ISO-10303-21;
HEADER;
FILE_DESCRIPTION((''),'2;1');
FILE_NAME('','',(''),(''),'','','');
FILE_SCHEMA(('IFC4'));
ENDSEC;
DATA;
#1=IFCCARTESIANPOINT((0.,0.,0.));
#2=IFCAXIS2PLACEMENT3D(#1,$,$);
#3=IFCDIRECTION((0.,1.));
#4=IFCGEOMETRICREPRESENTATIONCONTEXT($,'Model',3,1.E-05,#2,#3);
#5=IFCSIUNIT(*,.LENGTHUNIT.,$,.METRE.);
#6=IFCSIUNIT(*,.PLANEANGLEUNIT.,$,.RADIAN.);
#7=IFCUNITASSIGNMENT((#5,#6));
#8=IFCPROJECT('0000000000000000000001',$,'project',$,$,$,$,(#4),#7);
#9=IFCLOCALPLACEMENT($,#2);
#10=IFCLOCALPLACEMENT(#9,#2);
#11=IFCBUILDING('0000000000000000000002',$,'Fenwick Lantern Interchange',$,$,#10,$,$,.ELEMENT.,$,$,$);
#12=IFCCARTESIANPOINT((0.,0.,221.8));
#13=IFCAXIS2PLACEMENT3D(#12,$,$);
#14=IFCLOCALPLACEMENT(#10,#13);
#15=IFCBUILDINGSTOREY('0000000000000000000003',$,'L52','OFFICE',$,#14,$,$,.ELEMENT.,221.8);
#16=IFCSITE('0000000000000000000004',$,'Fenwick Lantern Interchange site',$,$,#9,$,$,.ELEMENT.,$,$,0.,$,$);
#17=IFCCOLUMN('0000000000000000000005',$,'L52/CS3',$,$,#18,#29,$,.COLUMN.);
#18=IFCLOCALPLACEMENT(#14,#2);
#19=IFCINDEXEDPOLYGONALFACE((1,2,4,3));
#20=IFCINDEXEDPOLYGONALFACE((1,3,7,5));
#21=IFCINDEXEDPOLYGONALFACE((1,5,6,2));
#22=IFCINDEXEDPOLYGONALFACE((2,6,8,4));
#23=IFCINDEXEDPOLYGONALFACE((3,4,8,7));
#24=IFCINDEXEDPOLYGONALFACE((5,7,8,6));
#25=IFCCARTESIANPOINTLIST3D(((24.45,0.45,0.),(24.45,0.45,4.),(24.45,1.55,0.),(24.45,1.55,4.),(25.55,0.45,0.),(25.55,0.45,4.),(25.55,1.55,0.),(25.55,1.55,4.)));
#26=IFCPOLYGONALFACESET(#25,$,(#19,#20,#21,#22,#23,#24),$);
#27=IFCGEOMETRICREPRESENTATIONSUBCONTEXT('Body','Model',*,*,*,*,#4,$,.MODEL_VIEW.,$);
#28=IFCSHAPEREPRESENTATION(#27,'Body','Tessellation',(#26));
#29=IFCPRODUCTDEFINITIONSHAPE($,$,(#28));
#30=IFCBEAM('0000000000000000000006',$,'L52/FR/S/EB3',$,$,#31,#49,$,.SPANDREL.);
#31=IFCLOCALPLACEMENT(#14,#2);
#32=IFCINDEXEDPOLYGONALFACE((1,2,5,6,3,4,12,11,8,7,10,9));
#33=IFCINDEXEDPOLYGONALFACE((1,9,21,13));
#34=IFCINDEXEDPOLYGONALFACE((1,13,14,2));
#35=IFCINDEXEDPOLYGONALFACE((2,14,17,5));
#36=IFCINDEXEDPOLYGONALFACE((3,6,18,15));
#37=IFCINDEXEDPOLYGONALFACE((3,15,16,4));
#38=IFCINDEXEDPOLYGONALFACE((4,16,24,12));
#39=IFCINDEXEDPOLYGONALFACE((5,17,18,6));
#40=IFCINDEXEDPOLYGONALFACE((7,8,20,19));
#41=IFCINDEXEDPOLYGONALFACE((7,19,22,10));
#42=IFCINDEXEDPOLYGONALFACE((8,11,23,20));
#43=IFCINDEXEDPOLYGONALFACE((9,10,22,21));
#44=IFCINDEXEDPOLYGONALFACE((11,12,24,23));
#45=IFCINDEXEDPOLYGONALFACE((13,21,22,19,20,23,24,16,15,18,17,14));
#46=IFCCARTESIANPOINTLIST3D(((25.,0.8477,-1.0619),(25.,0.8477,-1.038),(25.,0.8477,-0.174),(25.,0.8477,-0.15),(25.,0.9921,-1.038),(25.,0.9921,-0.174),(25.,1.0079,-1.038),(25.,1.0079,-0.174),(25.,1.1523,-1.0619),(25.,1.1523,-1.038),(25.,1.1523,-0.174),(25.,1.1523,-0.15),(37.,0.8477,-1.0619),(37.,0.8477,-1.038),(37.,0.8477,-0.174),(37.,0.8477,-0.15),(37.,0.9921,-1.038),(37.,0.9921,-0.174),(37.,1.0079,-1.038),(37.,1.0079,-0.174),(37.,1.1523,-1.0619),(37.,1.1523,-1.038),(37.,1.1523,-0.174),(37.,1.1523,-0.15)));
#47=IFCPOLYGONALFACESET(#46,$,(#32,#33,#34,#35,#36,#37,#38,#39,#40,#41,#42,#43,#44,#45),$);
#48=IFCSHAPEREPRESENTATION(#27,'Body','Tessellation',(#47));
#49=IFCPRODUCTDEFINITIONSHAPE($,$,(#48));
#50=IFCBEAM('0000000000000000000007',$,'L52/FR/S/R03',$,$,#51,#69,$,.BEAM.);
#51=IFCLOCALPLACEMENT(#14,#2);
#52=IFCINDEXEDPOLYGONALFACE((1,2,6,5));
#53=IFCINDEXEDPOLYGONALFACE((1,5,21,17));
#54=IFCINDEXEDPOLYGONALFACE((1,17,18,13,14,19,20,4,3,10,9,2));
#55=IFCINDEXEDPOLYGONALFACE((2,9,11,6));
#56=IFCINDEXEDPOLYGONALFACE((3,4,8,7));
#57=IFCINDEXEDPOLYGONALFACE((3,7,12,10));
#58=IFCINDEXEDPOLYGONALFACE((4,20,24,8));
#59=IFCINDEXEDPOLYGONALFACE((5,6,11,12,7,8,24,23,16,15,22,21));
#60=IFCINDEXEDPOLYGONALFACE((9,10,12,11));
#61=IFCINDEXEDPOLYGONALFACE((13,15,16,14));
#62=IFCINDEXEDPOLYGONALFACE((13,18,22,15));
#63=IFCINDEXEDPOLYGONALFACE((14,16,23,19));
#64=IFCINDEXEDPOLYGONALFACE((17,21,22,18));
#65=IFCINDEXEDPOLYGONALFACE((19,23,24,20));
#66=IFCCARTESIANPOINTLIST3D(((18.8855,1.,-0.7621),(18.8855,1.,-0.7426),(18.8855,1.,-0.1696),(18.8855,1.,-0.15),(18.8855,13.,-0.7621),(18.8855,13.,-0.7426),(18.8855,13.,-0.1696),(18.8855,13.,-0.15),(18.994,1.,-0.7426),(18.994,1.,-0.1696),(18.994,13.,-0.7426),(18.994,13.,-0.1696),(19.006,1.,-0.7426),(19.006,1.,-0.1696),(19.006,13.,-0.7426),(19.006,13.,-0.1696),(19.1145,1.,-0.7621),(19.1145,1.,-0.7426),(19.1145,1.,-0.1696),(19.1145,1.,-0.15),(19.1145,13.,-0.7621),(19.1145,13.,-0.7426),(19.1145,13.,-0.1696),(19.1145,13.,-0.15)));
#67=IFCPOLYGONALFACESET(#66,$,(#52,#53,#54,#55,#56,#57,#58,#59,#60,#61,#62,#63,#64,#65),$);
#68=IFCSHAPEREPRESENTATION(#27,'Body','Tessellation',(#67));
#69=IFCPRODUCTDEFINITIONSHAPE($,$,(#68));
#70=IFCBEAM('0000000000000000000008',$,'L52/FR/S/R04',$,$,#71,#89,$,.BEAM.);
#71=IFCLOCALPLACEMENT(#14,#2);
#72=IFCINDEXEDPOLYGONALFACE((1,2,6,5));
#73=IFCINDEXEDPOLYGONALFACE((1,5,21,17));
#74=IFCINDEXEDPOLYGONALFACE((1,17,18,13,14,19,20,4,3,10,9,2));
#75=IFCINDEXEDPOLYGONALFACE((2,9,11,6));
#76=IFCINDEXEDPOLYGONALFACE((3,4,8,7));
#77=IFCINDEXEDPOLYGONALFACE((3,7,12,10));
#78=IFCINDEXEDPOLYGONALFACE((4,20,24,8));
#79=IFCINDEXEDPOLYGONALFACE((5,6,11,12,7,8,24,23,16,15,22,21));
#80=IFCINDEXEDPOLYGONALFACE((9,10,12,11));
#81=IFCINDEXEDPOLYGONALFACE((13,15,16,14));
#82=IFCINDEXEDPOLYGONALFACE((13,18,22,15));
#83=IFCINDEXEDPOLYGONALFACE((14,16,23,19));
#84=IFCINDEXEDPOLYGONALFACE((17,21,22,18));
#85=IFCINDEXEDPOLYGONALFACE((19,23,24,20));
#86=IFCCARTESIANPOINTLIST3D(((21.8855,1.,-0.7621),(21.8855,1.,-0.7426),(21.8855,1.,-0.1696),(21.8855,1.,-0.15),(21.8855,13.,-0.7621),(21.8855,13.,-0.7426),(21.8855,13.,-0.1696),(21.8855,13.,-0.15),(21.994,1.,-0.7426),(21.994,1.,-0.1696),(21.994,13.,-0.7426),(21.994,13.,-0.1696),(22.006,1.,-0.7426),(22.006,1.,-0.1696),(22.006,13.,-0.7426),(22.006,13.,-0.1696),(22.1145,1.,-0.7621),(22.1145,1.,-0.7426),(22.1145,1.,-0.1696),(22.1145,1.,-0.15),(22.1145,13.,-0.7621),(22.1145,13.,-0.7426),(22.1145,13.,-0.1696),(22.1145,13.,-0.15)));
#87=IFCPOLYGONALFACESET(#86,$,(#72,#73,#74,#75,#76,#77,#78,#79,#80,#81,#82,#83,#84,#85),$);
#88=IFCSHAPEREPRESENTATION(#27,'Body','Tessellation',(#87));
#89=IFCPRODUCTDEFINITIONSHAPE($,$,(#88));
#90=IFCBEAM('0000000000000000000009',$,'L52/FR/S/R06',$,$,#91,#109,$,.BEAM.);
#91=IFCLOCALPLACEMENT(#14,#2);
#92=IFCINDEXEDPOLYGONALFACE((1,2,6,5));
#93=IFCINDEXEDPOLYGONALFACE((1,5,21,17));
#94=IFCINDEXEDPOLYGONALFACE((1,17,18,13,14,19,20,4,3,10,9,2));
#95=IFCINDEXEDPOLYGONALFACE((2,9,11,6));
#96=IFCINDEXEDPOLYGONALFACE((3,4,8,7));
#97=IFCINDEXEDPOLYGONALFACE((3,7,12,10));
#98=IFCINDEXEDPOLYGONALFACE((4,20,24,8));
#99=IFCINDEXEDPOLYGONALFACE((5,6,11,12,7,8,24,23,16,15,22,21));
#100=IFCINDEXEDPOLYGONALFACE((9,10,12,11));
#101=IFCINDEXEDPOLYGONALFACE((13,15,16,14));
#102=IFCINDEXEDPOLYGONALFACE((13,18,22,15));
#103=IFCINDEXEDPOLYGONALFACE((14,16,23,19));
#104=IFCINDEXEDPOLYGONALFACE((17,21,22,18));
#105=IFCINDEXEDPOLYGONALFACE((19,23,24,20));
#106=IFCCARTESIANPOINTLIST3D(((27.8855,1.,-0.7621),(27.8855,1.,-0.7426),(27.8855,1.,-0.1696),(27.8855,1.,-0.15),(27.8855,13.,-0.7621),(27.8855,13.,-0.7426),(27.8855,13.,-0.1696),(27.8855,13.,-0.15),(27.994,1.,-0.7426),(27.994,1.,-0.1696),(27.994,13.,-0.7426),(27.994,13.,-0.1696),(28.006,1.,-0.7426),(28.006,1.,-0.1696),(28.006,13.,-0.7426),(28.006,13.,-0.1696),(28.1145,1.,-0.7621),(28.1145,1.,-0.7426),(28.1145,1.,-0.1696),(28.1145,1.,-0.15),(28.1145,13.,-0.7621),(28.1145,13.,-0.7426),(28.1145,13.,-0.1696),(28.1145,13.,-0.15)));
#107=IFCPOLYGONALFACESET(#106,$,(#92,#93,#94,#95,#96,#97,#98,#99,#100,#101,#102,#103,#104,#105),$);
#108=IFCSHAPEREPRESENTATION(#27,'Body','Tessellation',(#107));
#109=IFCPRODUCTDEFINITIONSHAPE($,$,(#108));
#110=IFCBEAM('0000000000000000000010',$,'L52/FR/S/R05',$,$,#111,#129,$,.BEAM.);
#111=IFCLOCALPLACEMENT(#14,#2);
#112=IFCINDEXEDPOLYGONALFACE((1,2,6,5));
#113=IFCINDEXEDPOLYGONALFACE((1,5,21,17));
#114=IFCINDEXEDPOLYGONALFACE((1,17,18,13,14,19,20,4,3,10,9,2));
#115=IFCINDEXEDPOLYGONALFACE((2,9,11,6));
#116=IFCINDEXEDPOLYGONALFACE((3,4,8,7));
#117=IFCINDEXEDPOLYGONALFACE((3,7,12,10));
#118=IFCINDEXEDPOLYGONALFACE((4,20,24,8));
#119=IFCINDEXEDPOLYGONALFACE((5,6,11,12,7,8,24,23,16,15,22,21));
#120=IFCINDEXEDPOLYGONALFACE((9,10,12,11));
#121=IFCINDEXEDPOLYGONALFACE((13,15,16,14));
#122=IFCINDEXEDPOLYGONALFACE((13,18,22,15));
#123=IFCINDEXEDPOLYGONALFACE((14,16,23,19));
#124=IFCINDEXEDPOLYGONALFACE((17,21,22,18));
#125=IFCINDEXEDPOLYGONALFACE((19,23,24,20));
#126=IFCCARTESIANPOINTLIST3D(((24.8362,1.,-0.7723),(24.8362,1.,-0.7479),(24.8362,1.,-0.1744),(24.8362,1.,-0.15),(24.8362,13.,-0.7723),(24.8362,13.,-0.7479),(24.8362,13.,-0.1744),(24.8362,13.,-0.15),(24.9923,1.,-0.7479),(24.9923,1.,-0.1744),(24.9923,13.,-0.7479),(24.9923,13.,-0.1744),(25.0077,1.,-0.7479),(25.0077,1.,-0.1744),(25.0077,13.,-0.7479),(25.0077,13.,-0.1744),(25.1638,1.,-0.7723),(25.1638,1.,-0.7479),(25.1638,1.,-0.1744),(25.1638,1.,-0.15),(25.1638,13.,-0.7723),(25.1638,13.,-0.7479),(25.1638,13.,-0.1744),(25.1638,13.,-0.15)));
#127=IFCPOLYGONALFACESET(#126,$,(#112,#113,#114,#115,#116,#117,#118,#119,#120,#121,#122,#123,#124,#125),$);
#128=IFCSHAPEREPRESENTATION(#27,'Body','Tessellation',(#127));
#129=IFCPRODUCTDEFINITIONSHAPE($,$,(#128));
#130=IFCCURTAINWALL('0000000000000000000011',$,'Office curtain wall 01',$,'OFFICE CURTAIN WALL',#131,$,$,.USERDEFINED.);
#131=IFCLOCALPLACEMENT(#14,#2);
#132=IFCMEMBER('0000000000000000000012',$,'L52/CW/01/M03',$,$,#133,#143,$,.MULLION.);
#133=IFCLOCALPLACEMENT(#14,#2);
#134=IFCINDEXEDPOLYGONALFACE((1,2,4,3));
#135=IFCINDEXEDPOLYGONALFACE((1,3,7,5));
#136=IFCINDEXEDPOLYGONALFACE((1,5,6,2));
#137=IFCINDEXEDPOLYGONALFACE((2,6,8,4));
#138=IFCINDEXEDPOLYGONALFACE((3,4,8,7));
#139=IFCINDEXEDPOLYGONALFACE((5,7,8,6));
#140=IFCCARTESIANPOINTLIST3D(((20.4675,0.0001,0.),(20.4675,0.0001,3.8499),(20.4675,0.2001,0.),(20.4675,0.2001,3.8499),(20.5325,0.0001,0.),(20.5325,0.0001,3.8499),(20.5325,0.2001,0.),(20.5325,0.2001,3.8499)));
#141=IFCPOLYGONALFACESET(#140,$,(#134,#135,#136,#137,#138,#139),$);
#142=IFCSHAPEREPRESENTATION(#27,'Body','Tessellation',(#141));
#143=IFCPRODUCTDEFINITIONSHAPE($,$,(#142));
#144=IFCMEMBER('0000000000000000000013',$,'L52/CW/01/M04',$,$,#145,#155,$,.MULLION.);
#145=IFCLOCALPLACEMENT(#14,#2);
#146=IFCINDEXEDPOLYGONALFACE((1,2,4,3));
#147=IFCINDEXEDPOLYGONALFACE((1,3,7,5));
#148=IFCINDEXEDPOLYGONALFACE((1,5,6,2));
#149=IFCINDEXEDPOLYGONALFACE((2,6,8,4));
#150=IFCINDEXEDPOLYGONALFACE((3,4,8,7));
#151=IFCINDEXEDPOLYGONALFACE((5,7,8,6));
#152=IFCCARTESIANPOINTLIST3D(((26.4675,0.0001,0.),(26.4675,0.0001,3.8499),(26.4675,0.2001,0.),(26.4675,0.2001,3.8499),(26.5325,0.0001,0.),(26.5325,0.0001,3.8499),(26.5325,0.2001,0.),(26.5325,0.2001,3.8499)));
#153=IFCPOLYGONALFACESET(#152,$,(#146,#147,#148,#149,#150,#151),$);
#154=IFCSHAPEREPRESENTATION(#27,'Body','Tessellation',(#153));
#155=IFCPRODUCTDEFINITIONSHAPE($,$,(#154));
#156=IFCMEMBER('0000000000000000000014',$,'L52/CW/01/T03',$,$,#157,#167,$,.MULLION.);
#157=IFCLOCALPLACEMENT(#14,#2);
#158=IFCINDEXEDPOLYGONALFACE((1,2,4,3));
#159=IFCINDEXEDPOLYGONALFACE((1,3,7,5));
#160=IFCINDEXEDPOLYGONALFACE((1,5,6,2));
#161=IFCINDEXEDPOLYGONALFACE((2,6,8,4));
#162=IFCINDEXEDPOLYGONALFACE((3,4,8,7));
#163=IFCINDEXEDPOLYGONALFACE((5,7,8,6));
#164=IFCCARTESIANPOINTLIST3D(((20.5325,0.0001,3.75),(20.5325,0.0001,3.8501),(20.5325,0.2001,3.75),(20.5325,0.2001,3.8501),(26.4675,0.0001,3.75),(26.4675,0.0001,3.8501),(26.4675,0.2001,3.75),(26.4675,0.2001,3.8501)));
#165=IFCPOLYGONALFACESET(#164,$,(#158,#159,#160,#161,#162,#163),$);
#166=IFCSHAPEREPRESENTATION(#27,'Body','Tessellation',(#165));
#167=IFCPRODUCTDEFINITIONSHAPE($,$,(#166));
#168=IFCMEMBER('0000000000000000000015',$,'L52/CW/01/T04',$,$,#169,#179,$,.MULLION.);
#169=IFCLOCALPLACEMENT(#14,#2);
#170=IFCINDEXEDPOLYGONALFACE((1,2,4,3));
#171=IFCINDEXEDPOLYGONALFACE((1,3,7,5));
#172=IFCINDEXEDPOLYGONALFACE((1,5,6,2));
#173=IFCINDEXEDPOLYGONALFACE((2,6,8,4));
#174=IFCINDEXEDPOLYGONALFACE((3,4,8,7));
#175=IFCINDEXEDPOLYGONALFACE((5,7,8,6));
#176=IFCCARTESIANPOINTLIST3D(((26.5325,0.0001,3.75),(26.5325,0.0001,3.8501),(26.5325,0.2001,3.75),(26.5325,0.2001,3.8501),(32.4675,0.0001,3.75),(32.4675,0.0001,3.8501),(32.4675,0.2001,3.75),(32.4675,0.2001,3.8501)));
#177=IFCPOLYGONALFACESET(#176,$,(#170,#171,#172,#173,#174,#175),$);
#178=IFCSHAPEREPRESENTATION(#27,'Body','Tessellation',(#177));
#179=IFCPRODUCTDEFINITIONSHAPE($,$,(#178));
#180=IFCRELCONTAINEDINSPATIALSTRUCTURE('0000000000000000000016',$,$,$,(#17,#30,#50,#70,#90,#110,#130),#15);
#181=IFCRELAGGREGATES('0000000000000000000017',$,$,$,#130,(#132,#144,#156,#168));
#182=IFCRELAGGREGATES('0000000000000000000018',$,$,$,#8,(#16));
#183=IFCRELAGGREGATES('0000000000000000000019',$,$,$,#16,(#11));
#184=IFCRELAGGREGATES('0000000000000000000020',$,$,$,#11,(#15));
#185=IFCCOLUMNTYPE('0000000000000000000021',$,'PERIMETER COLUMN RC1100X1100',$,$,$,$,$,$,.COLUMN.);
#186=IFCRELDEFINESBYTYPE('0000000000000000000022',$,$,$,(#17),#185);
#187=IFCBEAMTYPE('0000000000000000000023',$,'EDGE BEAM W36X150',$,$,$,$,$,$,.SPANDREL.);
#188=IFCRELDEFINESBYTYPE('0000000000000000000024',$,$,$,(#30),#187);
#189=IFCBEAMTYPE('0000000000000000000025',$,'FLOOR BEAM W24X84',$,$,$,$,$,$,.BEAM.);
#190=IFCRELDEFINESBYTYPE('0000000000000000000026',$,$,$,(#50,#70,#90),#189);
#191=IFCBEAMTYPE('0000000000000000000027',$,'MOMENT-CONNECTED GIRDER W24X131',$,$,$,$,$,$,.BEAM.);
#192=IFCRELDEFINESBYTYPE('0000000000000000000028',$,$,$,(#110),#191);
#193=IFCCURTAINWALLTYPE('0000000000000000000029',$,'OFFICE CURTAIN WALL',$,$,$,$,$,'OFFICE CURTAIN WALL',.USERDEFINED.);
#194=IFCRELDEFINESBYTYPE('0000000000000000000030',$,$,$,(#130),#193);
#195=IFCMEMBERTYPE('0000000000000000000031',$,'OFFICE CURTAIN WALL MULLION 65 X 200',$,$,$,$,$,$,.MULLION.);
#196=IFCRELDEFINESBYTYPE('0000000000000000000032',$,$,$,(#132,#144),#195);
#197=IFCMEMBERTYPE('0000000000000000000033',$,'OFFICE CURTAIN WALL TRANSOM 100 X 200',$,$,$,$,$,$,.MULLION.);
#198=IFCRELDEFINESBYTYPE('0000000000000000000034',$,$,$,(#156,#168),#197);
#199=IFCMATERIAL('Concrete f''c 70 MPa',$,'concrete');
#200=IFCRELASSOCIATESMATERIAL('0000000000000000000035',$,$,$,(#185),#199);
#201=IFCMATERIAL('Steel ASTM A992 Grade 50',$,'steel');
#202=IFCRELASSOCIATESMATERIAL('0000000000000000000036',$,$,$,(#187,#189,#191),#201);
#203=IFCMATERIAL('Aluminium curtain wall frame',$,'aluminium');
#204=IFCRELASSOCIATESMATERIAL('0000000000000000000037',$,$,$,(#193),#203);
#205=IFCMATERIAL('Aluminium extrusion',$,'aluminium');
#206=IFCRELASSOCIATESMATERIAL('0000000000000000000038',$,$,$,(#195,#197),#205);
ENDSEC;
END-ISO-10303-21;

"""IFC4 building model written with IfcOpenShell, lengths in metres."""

from ifc_helpers import new_model, si_unit, direction, frame, origin, origin_2d, place, context, subcontext, project, spatial, rectangle, i_section, extrude, material, material_profile, profile_set, type_object, element, aggregate, save


model = new_model("IFC4")

# Units and contexts
model_context = context("Model", 3, precision=1e-05, world=origin(), true_north=direction((0.0, 1.0)))
body_context = subcontext(model_context, "Body", "Model", "MODEL_VIEW")
ifc_project = project(units=[si_unit("LENGTHUNIT", "METRE"), si_unit("PLANEANGLEUNIT", "RADIAN")], contexts=[model_context])

# Site, building, storey
site_placement = place(None, origin())
site = spatial("IfcSite", under=ifc_project, at=site_placement, Name="Fenwick Lantern Interchange site", CompositionType="ELEMENT", RefElevation=0.0)
building_placement = place(site_placement, origin())
building = spatial("IfcBuilding", under=site, at=building_placement, Name="Fenwick Lantern Interchange", CompositionType="ELEMENT")
storey_placement = place(building_placement, frame((0.0, 0.0, 221.8)))
storey = spatial("IfcBuildingStorey", under=building, at=storey_placement, Name="L52", Description="OFFICE", CompositionType="ELEMENT", Elevation=221.8)

# Column
ifc_material_1 = material(Name="Concrete f'c 70 MPa", Category="concrete")
ifc_material_profile_1 = material_profile(ifc_material_1, rectangle(XDim=1.1001, YDim=1.1001, at=origin_2d()), Name="RC1100X1100")
ifc_profile_set_1 = profile_set([ifc_material_profile_1], Name="Concrete f'c 70 MPa")
column_type = type_object("IfcColumnType", Name="PERIMETER COLUMN RC1100X1100", PredefinedType="COLUMN", material=ifc_profile_set_1)
column_placement = place(storey_placement, frame((25.0, 1.0, 0.0), z_axis=(0.0, 0.0, 1.0), x_axis=(1.0, 0.0, 0.0)))
element("IfcColumn", 1, at=column_placement, inside=storey, type_object=column_type, Name="L52/CS3", PredefinedType="COLUMN", context=body_context, shape_type="SweptSolid", body=[
    extrude(rectangle(XDim=1.1001, YDim=1.1001, at=origin_2d()), origin(), (0.0, 0.0, 1.0), 4.0),
])

# Beams
ifc_material_2 = material(Name="Steel ASTM A992 Grade 50", Category="steel")
ifc_material_profile_2 = material_profile(ifc_material_2, i_section(OverallWidth=0.3047, OverallDepth=0.9119, WebThickness=0.0159, FlangeThickness=0.0239, at=origin_2d()), Name="W36X150")
ifc_profile_set_2 = profile_set([ifc_material_profile_2], Name="Steel ASTM A992 Grade 50")
beam_type_1 = type_object("IfcBeamType", Name="EDGE BEAM W36X150", PredefinedType="SPANDREL", material=ifc_profile_set_2)
beam_1_placement = place(storey_placement, frame((25.0, 1.0, -0.606), z_axis=(1.0, 0.0, 0.0), x_axis=(0.0, 1.0, 0.0)))
element("IfcBeam", 2, at=beam_1_placement, inside=storey, type_object=beam_type_1, Name="L52/FR/S/EB3", PredefinedType="SPANDREL", context=body_context, shape_type="SweptSolid", body=[
    extrude(i_section(OverallWidth=0.3047, OverallDepth=0.9119, WebThickness=0.0159, FlangeThickness=0.0239, at=origin_2d()), origin(), (0.0, 0.0, 1.0), 12.0),
])
ifc_material_profile_3 = material_profile(ifc_material_2, i_section(OverallWidth=0.229, OverallDepth=0.6121, WebThickness=0.012, FlangeThickness=0.0195, at=origin_2d()), Name="W24X84")
ifc_profile_set_3 = profile_set([ifc_material_profile_3], Name="Steel ASTM A992 Grade 50")
beam_type_2 = type_object("IfcBeamType", Name="FLOOR BEAM W24X84", PredefinedType="BEAM", material=ifc_profile_set_3)
for number, where, z_axis, x_axis, name in (
    (3, (19.0, 1.0, -0.4561), (0.0, 1.0, 0.0), (-1.0, 0.0, 0.0), "L52/FR/S/R03"),
    (4, (22.0, 1.0, -0.4561), (0.0, 1.0, 0.0), (-1.0, 0.0, 0.0), "L52/FR/S/R04"),
    (5, (28.0, 1.0, -0.4561), (0.0, 1.0, 0.0), (-1.0, 0.0, 0.0), "L52/FR/S/R06"),
):
    element("IfcBeam", number, at=place(storey_placement, frame(where, z_axis=z_axis, x_axis=x_axis)), inside=storey, type_object=beam_type_2, Name=name, PredefinedType="BEAM", context=body_context, shape_type="SweptSolid", body=[
        extrude(i_section(OverallWidth=0.229, OverallDepth=0.6121, WebThickness=0.012, FlangeThickness=0.0195, at=origin_2d()), origin(), (0.0, 0.0, 1.0), 12.0),
    ])
ifc_material_profile_4 = material_profile(ifc_material_2, i_section(OverallWidth=0.3276, OverallDepth=0.6223, WebThickness=0.0154, FlangeThickness=0.0244, at=origin_2d()), Name="W24X131")
ifc_profile_set_4 = profile_set([ifc_material_profile_4], Name="Steel ASTM A992 Grade 50")
beam_type_3 = type_object("IfcBeamType", Name="MOMENT-CONNECTED GIRDER W24X131", PredefinedType="BEAM", material=ifc_profile_set_4)
beam_2_placement = place(storey_placement, frame((25.0, 1.0, -0.4612), z_axis=(0.0, 1.0, 0.0), x_axis=(-1.0, 0.0, 0.0)))
element("IfcBeam", 6, at=beam_2_placement, inside=storey, type_object=beam_type_3, Name="L52/FR/S/R05", PredefinedType="BEAM", context=body_context, shape_type="SweptSolid", body=[
    extrude(i_section(OverallWidth=0.3276, OverallDepth=0.6223, WebThickness=0.0154, FlangeThickness=0.0244, at=origin_2d()), origin(), (0.0, 0.0, 1.0), 12.0),
])

# Curtain wall, members
ifc_material_3 = material(Name="Aluminium curtain wall frame", Category="aluminium")
curtain_wall_type = type_object("IfcCurtainWallType", Name="OFFICE CURTAIN WALL", ElementType="OFFICE CURTAIN WALL", PredefinedType="USERDEFINED", material=ifc_material_3)
curtain_wall_placement = place(storey_placement, origin())
curtain_wall = element("IfcCurtainWall", 7, at=curtain_wall_placement, inside=storey, type_object=curtain_wall_type, Name="Office curtain wall 01", ObjectType="OFFICE CURTAIN WALL", PredefinedType="USERDEFINED")
ifc_material_4 = material(Name="Aluminium extrusion", Category="aluminium")
ifc_material_profile_5 = material_profile(ifc_material_4, rectangle(XDim=0.2, YDim=0.0649, at=origin_2d()), Name="OFFICE CURTAIN WALL MULLION 65 X 200")
ifc_profile_set_5 = profile_set([ifc_material_profile_5], Name="Aluminium extrusion")
member_type_1 = type_object("IfcMemberType", Name="OFFICE CURTAIN WALL MULLION 65 X 200", PredefinedType="MULLION", material=ifc_profile_set_5)
member_1_placement = place(storey_placement, frame((20.5, 0.1001, 0.0), z_axis=(0.0, 0.0, 1.0), x_axis=(0.0, 1.0, 0.0)))
member_1 = element("IfcMember", 8, at=member_1_placement, type_object=member_type_1, Name="L52/CW/01/M03", PredefinedType="MULLION", context=body_context, shape_type="SweptSolid", body=[
    extrude(rectangle(XDim=0.2, YDim=0.0649, at=origin_2d()), origin(), (0.0, 0.0, 1.0), 3.8499),
])
member_2_placement = place(storey_placement, frame((26.5, 0.1001, 0.0), z_axis=(0.0, 0.0, 1.0), x_axis=(0.0, 1.0, 0.0)))
member_2 = element("IfcMember", 9, at=member_2_placement, type_object=member_type_1, Name="L52/CW/01/M04", PredefinedType="MULLION", context=body_context, shape_type="SweptSolid", body=[
    extrude(rectangle(XDim=0.2, YDim=0.0649, at=origin_2d()), origin(), (0.0, 0.0, 1.0), 3.8499),
])
ifc_material_profile_6 = material_profile(ifc_material_4, rectangle(XDim=0.2, YDim=0.1001, at=origin_2d()), Name="OFFICE CURTAIN WALL TRANSOM 100 X 200")
ifc_profile_set_6 = profile_set([ifc_material_profile_6], Name="Aluminium extrusion")
member_type_2 = type_object("IfcMemberType", Name="OFFICE CURTAIN WALL TRANSOM 100 X 200", PredefinedType="MULLION", material=ifc_profile_set_6)
member_3_placement = place(storey_placement, frame((20.5325, 0.1001, 3.8), z_axis=(1.0, 0.0, 0.0), x_axis=(0.0, 1.0, 0.0)))
member_3 = element("IfcMember", 10, at=member_3_placement, type_object=member_type_2, Name="L52/CW/01/T03", PredefinedType="MULLION", context=body_context, shape_type="SweptSolid", body=[
    extrude(rectangle(XDim=0.2, YDim=0.1001, at=origin_2d()), origin(), (0.0, 0.0, 1.0), 5.9351),
])
member_4_placement = place(storey_placement, frame((26.5325, 0.1001, 3.8), z_axis=(1.0, 0.0, 0.0), x_axis=(0.0, 1.0, 0.0)))
member_4 = element("IfcMember", 11, at=member_4_placement, type_object=member_type_2, Name="L52/CW/01/T04", PredefinedType="MULLION", context=body_context, shape_type="SweptSolid", body=[
    extrude(rectangle(XDim=0.2, YDim=0.1001, at=origin_2d()), origin(), (0.0, 0.0, 1.0), 5.9351),
])
aggregate(curtain_wall, [member_1, member_2, member_3, member_4])

save(model, "model.ifc")
